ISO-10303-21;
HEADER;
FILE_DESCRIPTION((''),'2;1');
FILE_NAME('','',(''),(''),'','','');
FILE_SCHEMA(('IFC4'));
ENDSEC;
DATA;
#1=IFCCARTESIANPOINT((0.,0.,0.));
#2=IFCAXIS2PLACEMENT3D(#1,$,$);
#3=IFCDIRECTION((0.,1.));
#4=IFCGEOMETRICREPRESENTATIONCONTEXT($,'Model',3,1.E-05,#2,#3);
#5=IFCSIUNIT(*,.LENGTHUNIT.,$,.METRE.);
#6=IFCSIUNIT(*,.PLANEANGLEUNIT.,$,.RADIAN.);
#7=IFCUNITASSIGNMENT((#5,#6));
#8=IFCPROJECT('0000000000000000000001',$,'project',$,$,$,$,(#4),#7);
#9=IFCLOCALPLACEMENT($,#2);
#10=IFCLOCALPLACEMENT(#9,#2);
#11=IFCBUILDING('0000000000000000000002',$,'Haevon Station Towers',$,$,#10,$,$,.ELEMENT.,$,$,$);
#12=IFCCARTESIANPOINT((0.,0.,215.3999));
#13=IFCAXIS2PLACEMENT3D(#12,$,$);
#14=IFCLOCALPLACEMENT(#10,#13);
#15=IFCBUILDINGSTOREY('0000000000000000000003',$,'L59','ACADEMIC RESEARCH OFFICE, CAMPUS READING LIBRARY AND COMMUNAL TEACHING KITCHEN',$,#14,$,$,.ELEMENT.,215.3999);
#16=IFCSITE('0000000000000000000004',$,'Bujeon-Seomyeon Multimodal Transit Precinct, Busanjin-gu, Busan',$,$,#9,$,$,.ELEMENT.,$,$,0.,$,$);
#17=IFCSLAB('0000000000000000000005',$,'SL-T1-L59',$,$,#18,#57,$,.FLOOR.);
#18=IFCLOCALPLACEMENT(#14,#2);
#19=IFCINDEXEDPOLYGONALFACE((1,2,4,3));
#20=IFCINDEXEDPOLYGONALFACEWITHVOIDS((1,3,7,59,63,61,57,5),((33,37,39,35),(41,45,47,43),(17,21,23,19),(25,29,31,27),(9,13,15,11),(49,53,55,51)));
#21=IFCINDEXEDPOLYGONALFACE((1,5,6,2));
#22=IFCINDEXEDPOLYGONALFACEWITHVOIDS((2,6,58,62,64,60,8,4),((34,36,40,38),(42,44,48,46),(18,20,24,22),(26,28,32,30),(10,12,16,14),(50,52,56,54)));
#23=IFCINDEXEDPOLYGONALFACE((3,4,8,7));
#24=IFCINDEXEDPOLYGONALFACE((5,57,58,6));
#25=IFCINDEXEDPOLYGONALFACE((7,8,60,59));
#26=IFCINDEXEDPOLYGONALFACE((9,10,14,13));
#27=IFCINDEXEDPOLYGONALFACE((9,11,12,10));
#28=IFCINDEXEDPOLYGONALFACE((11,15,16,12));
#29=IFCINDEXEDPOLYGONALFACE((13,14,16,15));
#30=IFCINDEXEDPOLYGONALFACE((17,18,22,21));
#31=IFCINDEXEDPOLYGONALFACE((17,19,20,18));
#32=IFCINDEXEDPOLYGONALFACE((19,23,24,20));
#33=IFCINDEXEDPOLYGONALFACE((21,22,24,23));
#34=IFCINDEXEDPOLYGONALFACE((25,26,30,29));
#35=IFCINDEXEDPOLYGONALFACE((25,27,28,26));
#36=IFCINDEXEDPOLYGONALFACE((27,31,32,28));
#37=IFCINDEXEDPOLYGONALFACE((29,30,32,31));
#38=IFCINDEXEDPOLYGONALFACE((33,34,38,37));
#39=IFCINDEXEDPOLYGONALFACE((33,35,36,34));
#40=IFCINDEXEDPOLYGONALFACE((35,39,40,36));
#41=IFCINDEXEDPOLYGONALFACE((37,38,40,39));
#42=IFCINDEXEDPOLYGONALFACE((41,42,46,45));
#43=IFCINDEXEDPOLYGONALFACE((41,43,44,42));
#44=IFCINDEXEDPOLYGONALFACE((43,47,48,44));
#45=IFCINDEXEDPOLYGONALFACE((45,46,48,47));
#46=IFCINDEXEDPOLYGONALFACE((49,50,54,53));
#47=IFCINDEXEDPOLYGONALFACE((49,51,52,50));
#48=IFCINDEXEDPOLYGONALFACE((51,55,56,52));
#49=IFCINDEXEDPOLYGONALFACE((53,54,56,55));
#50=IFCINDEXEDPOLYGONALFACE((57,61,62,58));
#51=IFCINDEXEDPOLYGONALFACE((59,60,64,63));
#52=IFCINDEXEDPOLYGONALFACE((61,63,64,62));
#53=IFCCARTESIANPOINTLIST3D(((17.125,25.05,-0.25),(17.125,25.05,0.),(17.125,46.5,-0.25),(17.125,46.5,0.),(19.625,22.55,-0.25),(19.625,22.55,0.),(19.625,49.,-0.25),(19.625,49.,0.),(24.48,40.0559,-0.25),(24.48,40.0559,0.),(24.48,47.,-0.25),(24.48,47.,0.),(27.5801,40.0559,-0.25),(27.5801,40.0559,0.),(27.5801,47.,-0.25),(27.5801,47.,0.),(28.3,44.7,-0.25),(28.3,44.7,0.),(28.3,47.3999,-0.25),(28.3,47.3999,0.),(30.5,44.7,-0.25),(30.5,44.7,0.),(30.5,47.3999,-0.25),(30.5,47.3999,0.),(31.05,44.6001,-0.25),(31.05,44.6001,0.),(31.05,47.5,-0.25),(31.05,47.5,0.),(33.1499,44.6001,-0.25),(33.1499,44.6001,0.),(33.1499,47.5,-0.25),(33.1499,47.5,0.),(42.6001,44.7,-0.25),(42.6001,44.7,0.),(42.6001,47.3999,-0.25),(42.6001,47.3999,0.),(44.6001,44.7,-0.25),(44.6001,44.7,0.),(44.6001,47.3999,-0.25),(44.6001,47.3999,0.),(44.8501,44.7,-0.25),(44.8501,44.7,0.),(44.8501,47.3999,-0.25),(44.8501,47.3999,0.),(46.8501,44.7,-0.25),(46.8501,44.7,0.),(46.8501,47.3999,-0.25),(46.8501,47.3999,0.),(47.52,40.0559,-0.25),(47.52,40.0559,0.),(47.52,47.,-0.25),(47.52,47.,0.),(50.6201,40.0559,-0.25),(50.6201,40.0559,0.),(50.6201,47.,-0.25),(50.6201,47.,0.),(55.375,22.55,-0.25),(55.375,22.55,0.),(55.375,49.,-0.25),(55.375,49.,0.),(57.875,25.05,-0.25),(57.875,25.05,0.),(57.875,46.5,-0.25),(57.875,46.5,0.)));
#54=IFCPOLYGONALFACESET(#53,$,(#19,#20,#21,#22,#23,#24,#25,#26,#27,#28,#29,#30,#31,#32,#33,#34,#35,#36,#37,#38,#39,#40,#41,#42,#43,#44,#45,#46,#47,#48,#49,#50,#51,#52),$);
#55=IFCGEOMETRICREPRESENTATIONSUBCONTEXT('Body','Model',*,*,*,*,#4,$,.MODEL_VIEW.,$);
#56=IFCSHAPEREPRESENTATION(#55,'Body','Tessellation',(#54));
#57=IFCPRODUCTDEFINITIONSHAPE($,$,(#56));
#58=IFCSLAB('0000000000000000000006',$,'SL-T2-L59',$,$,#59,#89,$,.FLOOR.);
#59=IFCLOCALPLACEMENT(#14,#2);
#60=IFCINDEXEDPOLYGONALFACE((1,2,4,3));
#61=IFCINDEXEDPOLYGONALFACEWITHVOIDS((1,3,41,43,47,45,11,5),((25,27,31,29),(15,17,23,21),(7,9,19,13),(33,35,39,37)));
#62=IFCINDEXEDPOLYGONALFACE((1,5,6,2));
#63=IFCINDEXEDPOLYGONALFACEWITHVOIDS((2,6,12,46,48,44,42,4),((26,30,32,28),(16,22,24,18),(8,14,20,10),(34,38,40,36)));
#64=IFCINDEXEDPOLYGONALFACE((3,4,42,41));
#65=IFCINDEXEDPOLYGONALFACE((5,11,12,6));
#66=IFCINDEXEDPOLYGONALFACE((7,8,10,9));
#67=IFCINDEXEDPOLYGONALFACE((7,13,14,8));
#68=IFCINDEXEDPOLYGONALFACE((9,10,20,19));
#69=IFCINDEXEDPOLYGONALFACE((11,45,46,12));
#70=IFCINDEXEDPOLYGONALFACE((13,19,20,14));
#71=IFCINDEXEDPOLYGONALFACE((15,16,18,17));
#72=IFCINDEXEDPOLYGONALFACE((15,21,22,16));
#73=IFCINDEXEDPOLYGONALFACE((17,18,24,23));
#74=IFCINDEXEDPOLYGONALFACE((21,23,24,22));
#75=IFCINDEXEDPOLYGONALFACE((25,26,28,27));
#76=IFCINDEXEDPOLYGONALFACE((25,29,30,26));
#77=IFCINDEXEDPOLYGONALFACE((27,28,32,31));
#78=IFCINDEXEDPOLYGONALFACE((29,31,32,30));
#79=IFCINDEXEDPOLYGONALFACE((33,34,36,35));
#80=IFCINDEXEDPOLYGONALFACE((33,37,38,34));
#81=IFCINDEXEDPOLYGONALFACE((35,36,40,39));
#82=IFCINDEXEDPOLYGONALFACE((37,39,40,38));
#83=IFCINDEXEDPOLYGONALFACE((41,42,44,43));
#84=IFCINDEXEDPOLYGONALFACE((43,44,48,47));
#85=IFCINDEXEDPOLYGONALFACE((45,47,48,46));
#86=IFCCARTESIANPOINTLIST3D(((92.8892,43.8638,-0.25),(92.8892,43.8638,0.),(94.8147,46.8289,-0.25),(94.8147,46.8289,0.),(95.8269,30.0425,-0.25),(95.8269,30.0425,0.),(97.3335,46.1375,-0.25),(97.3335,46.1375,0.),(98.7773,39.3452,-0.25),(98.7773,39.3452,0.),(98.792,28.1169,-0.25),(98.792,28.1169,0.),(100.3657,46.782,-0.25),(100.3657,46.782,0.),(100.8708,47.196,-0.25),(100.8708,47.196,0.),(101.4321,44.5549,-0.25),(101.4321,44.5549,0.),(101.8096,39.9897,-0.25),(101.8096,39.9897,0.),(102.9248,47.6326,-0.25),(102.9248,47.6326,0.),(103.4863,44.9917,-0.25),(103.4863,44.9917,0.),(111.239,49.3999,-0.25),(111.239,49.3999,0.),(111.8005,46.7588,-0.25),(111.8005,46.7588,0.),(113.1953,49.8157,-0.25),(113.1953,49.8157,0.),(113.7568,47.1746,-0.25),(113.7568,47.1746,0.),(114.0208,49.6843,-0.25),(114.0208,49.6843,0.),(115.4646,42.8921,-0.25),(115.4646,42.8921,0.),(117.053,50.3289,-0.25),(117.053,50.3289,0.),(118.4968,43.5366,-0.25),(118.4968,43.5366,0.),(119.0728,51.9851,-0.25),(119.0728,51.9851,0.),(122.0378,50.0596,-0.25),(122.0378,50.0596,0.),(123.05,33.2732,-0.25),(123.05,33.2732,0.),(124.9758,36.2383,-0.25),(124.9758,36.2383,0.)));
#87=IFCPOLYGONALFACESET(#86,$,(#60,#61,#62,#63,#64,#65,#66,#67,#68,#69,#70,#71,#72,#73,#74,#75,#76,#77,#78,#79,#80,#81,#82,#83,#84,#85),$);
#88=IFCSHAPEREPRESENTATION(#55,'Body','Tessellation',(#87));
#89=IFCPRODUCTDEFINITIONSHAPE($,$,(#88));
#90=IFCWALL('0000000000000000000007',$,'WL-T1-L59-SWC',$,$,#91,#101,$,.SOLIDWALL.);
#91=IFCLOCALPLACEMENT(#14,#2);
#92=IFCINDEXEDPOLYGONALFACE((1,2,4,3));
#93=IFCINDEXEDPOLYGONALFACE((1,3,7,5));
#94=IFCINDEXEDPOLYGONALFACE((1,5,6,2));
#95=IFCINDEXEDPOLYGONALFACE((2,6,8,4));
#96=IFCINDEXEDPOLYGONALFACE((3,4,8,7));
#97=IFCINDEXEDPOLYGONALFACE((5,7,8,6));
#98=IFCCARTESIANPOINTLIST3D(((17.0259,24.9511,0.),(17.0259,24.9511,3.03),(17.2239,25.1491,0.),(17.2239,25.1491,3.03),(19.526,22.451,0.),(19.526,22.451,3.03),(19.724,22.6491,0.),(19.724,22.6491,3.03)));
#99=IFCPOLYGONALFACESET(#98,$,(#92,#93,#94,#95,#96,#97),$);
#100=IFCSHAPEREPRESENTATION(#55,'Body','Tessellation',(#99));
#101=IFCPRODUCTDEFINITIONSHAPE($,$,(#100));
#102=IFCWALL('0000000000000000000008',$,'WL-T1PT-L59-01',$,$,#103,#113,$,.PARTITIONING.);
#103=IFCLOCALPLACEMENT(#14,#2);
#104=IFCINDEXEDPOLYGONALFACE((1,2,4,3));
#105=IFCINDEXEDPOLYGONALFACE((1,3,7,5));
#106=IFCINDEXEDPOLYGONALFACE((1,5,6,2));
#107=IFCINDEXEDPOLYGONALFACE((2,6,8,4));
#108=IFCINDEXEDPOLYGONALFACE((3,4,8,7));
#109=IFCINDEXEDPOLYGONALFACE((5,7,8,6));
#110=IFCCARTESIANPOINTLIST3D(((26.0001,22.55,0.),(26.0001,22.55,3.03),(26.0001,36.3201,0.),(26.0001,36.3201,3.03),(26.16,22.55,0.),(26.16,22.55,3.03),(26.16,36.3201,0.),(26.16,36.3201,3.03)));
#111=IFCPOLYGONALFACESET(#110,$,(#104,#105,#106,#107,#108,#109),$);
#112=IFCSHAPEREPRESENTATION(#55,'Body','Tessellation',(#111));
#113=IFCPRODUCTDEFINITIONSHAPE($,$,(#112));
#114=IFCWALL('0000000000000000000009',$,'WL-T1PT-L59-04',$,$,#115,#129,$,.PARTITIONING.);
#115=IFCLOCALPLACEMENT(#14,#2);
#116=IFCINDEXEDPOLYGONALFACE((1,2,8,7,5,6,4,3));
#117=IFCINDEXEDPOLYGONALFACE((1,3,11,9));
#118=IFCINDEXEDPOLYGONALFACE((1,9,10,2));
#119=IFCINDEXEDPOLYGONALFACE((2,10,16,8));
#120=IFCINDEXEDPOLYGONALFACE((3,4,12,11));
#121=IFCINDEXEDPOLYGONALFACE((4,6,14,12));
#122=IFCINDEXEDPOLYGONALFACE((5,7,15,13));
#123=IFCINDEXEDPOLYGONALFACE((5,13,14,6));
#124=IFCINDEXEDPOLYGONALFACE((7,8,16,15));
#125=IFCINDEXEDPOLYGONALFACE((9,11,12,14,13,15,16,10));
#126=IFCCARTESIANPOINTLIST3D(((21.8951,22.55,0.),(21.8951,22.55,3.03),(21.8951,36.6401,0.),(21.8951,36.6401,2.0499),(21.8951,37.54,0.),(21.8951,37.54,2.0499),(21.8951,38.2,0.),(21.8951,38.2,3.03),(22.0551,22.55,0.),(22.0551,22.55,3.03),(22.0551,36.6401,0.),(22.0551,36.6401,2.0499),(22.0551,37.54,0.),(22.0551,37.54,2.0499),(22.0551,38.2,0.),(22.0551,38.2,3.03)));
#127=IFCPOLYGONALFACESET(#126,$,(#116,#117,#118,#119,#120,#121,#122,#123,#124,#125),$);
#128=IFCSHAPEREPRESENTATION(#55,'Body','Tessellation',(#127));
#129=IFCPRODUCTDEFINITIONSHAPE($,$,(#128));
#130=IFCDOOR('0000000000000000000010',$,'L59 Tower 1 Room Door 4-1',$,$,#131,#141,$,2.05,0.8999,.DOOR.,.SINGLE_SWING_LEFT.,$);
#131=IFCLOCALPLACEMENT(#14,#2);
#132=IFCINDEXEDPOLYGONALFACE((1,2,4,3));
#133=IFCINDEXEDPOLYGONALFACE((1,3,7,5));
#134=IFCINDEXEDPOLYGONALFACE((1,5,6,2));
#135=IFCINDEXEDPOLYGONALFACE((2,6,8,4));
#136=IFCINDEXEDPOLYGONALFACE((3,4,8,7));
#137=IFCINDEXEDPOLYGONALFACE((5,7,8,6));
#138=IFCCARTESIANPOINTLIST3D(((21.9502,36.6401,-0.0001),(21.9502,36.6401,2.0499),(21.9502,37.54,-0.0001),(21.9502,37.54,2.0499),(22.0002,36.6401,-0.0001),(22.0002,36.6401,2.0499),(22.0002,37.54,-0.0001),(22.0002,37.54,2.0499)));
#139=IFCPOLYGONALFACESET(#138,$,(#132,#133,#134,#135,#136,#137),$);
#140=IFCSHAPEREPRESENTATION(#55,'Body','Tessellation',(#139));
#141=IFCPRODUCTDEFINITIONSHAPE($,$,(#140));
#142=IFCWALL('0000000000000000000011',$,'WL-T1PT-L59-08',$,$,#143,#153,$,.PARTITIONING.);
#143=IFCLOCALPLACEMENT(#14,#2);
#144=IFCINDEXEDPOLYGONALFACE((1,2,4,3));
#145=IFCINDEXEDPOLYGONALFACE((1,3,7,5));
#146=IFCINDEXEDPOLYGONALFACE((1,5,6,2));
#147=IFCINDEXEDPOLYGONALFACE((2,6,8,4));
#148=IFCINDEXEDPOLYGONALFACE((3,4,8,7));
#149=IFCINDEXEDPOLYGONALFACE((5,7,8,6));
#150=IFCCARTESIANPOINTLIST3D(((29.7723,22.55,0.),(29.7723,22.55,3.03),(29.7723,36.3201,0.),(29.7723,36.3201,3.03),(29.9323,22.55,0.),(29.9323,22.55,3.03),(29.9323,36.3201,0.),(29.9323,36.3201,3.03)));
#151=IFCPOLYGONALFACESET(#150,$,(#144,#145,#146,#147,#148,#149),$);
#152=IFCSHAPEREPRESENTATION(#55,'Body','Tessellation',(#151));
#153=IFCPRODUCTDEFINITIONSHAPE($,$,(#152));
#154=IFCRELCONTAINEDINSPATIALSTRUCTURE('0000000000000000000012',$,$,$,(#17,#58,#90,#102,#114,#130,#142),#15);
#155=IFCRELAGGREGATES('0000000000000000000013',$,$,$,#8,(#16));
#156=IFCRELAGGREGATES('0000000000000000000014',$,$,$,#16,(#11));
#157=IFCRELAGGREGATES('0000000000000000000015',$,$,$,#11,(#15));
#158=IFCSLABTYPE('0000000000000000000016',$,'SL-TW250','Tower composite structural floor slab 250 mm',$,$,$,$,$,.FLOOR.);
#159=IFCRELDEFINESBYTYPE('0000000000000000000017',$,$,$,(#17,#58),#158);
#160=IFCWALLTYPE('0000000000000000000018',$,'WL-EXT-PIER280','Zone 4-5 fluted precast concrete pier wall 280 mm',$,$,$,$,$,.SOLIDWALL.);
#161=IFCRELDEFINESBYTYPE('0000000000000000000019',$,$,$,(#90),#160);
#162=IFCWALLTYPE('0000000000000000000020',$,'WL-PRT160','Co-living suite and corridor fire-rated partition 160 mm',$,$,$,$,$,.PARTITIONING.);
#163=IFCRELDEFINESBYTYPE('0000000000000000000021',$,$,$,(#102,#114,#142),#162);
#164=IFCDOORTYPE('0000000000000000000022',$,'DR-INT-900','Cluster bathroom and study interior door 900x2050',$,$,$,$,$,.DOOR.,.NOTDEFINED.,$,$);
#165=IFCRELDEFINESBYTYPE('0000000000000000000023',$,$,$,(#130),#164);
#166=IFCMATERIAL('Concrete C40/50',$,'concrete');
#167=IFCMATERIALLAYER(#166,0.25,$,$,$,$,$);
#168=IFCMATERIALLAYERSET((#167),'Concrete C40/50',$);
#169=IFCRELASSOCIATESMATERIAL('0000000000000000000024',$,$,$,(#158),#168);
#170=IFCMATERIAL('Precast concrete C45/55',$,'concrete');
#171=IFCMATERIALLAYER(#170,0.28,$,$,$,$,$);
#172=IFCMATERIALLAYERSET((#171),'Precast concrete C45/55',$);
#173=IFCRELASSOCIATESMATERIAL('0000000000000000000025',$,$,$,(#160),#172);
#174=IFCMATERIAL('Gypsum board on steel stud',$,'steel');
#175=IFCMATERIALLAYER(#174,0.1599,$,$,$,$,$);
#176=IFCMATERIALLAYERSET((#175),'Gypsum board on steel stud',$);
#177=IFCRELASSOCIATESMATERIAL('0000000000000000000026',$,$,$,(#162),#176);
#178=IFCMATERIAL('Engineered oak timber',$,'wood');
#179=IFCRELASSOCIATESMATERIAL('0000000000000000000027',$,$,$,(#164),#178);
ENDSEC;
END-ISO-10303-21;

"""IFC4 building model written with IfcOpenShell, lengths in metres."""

from ifc_helpers import new_model, si_unit, direction, frame, frame_2d, origin, place, context, subcontext, project, spatial, polyline, rectangle, outline, extrude, material, layer, layer_set, type_object, element, fill, save


model = new_model("IFC4")

# Units and contexts
model_context = context("Model", 3, precision=1e-05, world=origin(), true_north=direction((0.0, 1.0)))
body_context = subcontext(model_context, "Body", "Model", "MODEL_VIEW")
ifc_project = project(units=[si_unit("LENGTHUNIT", "METRE"), si_unit("PLANEANGLEUNIT", "RADIAN")], contexts=[model_context])

# Site, building, storey
site_placement = place(None, origin())
site = spatial("IfcSite", under=ifc_project, at=site_placement, Name="Bujeon-Seomyeon Multimodal Transit Precinct, Busanjin-gu, Busan", CompositionType="ELEMENT", RefElevation=0.0)
building_placement = place(site_placement, origin())
building = spatial("IfcBuilding", under=site, at=building_placement, Name="Haevon Station Towers", CompositionType="ELEMENT")
storey_placement = place(building_placement, frame((0.0, 0.0, 215.3999)))
storey = spatial("IfcBuildingStorey", under=building, at=storey_placement, Name="L59", Description="ACADEMIC RESEARCH OFFICE, CAMPUS READING LIBRARY AND COMMUNAL TEACHING KITCHEN", CompositionType="ELEMENT", Elevation=215.3999)

# Shared definitions
ifc_material_1 = material(Name="Concrete C40/50", Category="concrete")

# Slabs
ifc_layer_1 = layer(ifc_material_1, 0.25)
ifc_layer_set_1 = layer_set([ifc_layer_1], Name="Concrete C40/50")
slab_type_1 = type_object("IfcSlabType", Name="SL-TW250", Description="Tower composite structural floor slab 250 mm", PredefinedType="FLOOR", material=ifc_layer_set_1)
slab_1_placement = place(storey_placement, frame((0.0, 0.0, -0.25)))
element("IfcSlab", 1, at=slab_1_placement, inside=storey, type_object=slab_type_1, Name="SL-T1-L59", PredefinedType="FLOOR", context=body_context, shape_type="SweptSolid", body=[
    extrude(outline(polyline([(19.625, 22.55), (55.375, 22.55), (57.875, 25.05), (57.875, 46.5), (55.375, 49.0), (19.625, 49.0), (17.125, 46.5), (17.125, 25.05), (19.625, 22.55)]), holes=[polyline([(27.5801, 40.0559), (27.5801, 47.0), (24.48, 47.0), (24.48, 40.0559), (27.5801, 40.0559)]), polyline([(50.6201, 40.0559), (50.6201, 47.0), (47.52, 47.0), (47.52, 40.0559), (50.6201, 40.0559)]), polyline([(28.3, 44.7), (30.5, 44.7), (30.5, 47.3999), (28.3, 47.3999), (28.3, 44.7)]), polyline([(31.05, 44.6001), (33.1499, 44.6001), (33.1499, 47.5), (31.05, 47.5), (31.05, 44.6001)]), polyline([(42.6001, 44.7), (44.6001, 44.7), (44.6001, 47.3999), (42.6001, 47.3999), (42.6001, 44.7)]), polyline([(44.8501, 44.7), (46.8501, 44.7), (46.8501, 47.3999), (44.8501, 47.3999), (44.8501, 44.7)])]), origin(), (0.0, 0.0, 1.0), 0.25),
])
slab_2_placement = place(storey_placement, frame((0.0, 0.0, -0.25)))
element("IfcSlab", 2, at=slab_2_placement, inside=storey, type_object=slab_type_1, Name="SL-T2-L59", PredefinedType="FLOOR", context=body_context, shape_type="SweptSolid", body=[
    extrude(outline(polyline([(98.792, 28.1169), (123.05, 33.2732), (124.9758, 36.2383), (122.0378, 50.0596), (119.0728, 51.9851), (94.8147, 46.8289), (92.8892, 43.8638), (95.8269, 30.0425), (98.792, 28.1169)]), holes=[polyline([(101.8096, 39.9897), (100.3657, 46.782), (97.3335, 46.1375), (98.7773, 39.3452), (101.8096, 39.9897)]), polyline([(118.4968, 43.5366), (117.053, 50.3289), (114.0208, 49.6843), (115.4646, 42.8921), (118.4968, 43.5366)]), polyline([(101.4321, 44.5549), (103.4863, 44.9917), (102.9248, 47.6326), (100.8708, 47.196), (101.4321, 44.5549)]), polyline([(111.8005, 46.7588), (113.7568, 47.1746), (113.1953, 49.8157), (111.239, 49.3999), (111.8005, 46.7588)])]), origin(), (0.0, 0.0, 1.0), 0.25),
])

# Walls
ifc_material_2 = material(Name="Precast concrete C45/55", Category="concrete")
ifc_layer_2 = layer(ifc_material_2, 0.28)
ifc_layer_set_2 = layer_set([ifc_layer_2], Name="Precast concrete C45/55")
wall_type_1 = type_object("IfcWallType", Name="WL-EXT-PIER280", Description="Zone 4-5 fluted precast concrete pier wall 280 mm", PredefinedType="SOLIDWALL", material=ifc_layer_set_2)
wall_1_placement = place(storey_placement, frame((19.625, 22.55, 0.0), z_axis=(0.0, 0.0, 1.0), x_axis=(-0.707107, 0.707107, 0.0)))
element("IfcWall", 3, at=wall_1_placement, inside=storey, type_object=wall_type_1, Name="WL-T1-L59-SWC", PredefinedType="SOLIDWALL", context=body_context, shape_type="SweptSolid", body=[
    extrude(rectangle(XDim=3.5356, YDim=0.28, at=frame_2d((1.7678, 0.0))), origin(), (0.0, 0.0, 1.0), 3.03),
])
ifc_material_3 = material(Name="Gypsum board on steel stud", Category="steel")
ifc_layer_3 = layer(ifc_material_3, 0.1599)
ifc_layer_set_3 = layer_set([ifc_layer_3], Name="Gypsum board on steel stud")
wall_type_2 = type_object("IfcWallType", Name="WL-PRT160", Description="Co-living suite and corridor fire-rated partition 160 mm", PredefinedType="PARTITIONING", material=ifc_layer_set_3)
wall_2_placement = place(storey_placement, frame((26.0801, 22.55, 0.0), z_axis=(0.0, 0.0, 1.0), x_axis=(0.0, 1.0, 0.0)))
element("IfcWall", 4, at=wall_2_placement, inside=storey, type_object=wall_type_2, Name="WL-T1PT-L59-01", PredefinedType="PARTITIONING", context=body_context, shape_type="SweptSolid", body=[
    extrude(rectangle(XDim=13.77, YDim=0.1599, at=frame_2d((6.885, 0.0))), origin(), (0.0, 0.0, 1.0), 3.03),
])

# Wall, opening, door
wall_3_placement = place(storey_placement, frame((21.9751, 22.55, 0.0), z_axis=(0.0, 0.0, 1.0), x_axis=(0.0, 1.0, 0.0)))
wall_3 = element("IfcWall", 5, at=wall_3_placement, inside=storey, type_object=wall_type_2, Name="WL-T1PT-L59-04", PredefinedType="PARTITIONING", context=body_context, shape_type="SweptSolid", body=[
    extrude(rectangle(XDim=15.6499, YDim=0.1599, at=frame_2d((7.825, 0.0))), origin(), (0.0, 0.0, 1.0), 3.03),
])
opening_placement = place(wall_3_placement, frame((14.0901, 0.0, 0.0)))
opening = element("IfcOpeningElement", 6, at=opening_placement, cuts=wall_3, PredefinedType="OPENING", context=body_context, shape_type="SweptSolid", body=[
    extrude(rectangle(XDim=0.8999, YDim=2.05, at=frame_2d((0.45, 1.0249))), frame((0.0, 0.0898, 0.0), z_axis=(0.0, -1.0, 0.0), x_axis=(1.0, 0.0, 0.0)), (0.0, 0.0, 1.0), 0.1799),
])
ifc_material_4 = material(Name="Engineered oak timber", Category="wood")
door_type = type_object("IfcDoorType", Name="DR-INT-900", Description="Cluster bathroom and study interior door 900x2050", OperationType="NOTDEFINED", PredefinedType="DOOR", material=ifc_material_4)
door_placement = place(opening_placement, origin())
door = element("IfcDoor", 7, at=door_placement, inside=storey, type_object=door_type, Name="L59 Tower 1 Room Door 4-1", OperationType="SINGLE_SWING_LEFT", OverallHeight=2.05, OverallWidth=0.8999, PredefinedType="DOOR", context=body_context, shape_type="SweptSolid", body=[
    extrude(rectangle(XDim=0.8999, YDim=2.05, at=frame_2d((0.45, 1.0249))), frame((0.0, 0.0249, 0.0), z_axis=(0.0, -1.0, 0.0), x_axis=(1.0, 0.0, 0.0)), (0.0, 0.0, 1.0), 0.05),
])
fill(opening, door)

# Wall
wall_4_placement = place(storey_placement, frame((29.8523, 22.55, 0.0), z_axis=(0.0, 0.0, 1.0), x_axis=(0.0, 1.0, 0.0)))
element("IfcWall", 8, at=wall_4_placement, inside=storey, type_object=wall_type_2, Name="WL-T1PT-L59-08", PredefinedType="PARTITIONING", context=body_context, shape_type="SweptSolid", body=[
    extrude(rectangle(XDim=13.77, YDim=0.1599, at=frame_2d((6.885, 0.0))), origin(), (0.0, 0.0, 1.0), 3.03),
])

save(model, "model.ifc")
